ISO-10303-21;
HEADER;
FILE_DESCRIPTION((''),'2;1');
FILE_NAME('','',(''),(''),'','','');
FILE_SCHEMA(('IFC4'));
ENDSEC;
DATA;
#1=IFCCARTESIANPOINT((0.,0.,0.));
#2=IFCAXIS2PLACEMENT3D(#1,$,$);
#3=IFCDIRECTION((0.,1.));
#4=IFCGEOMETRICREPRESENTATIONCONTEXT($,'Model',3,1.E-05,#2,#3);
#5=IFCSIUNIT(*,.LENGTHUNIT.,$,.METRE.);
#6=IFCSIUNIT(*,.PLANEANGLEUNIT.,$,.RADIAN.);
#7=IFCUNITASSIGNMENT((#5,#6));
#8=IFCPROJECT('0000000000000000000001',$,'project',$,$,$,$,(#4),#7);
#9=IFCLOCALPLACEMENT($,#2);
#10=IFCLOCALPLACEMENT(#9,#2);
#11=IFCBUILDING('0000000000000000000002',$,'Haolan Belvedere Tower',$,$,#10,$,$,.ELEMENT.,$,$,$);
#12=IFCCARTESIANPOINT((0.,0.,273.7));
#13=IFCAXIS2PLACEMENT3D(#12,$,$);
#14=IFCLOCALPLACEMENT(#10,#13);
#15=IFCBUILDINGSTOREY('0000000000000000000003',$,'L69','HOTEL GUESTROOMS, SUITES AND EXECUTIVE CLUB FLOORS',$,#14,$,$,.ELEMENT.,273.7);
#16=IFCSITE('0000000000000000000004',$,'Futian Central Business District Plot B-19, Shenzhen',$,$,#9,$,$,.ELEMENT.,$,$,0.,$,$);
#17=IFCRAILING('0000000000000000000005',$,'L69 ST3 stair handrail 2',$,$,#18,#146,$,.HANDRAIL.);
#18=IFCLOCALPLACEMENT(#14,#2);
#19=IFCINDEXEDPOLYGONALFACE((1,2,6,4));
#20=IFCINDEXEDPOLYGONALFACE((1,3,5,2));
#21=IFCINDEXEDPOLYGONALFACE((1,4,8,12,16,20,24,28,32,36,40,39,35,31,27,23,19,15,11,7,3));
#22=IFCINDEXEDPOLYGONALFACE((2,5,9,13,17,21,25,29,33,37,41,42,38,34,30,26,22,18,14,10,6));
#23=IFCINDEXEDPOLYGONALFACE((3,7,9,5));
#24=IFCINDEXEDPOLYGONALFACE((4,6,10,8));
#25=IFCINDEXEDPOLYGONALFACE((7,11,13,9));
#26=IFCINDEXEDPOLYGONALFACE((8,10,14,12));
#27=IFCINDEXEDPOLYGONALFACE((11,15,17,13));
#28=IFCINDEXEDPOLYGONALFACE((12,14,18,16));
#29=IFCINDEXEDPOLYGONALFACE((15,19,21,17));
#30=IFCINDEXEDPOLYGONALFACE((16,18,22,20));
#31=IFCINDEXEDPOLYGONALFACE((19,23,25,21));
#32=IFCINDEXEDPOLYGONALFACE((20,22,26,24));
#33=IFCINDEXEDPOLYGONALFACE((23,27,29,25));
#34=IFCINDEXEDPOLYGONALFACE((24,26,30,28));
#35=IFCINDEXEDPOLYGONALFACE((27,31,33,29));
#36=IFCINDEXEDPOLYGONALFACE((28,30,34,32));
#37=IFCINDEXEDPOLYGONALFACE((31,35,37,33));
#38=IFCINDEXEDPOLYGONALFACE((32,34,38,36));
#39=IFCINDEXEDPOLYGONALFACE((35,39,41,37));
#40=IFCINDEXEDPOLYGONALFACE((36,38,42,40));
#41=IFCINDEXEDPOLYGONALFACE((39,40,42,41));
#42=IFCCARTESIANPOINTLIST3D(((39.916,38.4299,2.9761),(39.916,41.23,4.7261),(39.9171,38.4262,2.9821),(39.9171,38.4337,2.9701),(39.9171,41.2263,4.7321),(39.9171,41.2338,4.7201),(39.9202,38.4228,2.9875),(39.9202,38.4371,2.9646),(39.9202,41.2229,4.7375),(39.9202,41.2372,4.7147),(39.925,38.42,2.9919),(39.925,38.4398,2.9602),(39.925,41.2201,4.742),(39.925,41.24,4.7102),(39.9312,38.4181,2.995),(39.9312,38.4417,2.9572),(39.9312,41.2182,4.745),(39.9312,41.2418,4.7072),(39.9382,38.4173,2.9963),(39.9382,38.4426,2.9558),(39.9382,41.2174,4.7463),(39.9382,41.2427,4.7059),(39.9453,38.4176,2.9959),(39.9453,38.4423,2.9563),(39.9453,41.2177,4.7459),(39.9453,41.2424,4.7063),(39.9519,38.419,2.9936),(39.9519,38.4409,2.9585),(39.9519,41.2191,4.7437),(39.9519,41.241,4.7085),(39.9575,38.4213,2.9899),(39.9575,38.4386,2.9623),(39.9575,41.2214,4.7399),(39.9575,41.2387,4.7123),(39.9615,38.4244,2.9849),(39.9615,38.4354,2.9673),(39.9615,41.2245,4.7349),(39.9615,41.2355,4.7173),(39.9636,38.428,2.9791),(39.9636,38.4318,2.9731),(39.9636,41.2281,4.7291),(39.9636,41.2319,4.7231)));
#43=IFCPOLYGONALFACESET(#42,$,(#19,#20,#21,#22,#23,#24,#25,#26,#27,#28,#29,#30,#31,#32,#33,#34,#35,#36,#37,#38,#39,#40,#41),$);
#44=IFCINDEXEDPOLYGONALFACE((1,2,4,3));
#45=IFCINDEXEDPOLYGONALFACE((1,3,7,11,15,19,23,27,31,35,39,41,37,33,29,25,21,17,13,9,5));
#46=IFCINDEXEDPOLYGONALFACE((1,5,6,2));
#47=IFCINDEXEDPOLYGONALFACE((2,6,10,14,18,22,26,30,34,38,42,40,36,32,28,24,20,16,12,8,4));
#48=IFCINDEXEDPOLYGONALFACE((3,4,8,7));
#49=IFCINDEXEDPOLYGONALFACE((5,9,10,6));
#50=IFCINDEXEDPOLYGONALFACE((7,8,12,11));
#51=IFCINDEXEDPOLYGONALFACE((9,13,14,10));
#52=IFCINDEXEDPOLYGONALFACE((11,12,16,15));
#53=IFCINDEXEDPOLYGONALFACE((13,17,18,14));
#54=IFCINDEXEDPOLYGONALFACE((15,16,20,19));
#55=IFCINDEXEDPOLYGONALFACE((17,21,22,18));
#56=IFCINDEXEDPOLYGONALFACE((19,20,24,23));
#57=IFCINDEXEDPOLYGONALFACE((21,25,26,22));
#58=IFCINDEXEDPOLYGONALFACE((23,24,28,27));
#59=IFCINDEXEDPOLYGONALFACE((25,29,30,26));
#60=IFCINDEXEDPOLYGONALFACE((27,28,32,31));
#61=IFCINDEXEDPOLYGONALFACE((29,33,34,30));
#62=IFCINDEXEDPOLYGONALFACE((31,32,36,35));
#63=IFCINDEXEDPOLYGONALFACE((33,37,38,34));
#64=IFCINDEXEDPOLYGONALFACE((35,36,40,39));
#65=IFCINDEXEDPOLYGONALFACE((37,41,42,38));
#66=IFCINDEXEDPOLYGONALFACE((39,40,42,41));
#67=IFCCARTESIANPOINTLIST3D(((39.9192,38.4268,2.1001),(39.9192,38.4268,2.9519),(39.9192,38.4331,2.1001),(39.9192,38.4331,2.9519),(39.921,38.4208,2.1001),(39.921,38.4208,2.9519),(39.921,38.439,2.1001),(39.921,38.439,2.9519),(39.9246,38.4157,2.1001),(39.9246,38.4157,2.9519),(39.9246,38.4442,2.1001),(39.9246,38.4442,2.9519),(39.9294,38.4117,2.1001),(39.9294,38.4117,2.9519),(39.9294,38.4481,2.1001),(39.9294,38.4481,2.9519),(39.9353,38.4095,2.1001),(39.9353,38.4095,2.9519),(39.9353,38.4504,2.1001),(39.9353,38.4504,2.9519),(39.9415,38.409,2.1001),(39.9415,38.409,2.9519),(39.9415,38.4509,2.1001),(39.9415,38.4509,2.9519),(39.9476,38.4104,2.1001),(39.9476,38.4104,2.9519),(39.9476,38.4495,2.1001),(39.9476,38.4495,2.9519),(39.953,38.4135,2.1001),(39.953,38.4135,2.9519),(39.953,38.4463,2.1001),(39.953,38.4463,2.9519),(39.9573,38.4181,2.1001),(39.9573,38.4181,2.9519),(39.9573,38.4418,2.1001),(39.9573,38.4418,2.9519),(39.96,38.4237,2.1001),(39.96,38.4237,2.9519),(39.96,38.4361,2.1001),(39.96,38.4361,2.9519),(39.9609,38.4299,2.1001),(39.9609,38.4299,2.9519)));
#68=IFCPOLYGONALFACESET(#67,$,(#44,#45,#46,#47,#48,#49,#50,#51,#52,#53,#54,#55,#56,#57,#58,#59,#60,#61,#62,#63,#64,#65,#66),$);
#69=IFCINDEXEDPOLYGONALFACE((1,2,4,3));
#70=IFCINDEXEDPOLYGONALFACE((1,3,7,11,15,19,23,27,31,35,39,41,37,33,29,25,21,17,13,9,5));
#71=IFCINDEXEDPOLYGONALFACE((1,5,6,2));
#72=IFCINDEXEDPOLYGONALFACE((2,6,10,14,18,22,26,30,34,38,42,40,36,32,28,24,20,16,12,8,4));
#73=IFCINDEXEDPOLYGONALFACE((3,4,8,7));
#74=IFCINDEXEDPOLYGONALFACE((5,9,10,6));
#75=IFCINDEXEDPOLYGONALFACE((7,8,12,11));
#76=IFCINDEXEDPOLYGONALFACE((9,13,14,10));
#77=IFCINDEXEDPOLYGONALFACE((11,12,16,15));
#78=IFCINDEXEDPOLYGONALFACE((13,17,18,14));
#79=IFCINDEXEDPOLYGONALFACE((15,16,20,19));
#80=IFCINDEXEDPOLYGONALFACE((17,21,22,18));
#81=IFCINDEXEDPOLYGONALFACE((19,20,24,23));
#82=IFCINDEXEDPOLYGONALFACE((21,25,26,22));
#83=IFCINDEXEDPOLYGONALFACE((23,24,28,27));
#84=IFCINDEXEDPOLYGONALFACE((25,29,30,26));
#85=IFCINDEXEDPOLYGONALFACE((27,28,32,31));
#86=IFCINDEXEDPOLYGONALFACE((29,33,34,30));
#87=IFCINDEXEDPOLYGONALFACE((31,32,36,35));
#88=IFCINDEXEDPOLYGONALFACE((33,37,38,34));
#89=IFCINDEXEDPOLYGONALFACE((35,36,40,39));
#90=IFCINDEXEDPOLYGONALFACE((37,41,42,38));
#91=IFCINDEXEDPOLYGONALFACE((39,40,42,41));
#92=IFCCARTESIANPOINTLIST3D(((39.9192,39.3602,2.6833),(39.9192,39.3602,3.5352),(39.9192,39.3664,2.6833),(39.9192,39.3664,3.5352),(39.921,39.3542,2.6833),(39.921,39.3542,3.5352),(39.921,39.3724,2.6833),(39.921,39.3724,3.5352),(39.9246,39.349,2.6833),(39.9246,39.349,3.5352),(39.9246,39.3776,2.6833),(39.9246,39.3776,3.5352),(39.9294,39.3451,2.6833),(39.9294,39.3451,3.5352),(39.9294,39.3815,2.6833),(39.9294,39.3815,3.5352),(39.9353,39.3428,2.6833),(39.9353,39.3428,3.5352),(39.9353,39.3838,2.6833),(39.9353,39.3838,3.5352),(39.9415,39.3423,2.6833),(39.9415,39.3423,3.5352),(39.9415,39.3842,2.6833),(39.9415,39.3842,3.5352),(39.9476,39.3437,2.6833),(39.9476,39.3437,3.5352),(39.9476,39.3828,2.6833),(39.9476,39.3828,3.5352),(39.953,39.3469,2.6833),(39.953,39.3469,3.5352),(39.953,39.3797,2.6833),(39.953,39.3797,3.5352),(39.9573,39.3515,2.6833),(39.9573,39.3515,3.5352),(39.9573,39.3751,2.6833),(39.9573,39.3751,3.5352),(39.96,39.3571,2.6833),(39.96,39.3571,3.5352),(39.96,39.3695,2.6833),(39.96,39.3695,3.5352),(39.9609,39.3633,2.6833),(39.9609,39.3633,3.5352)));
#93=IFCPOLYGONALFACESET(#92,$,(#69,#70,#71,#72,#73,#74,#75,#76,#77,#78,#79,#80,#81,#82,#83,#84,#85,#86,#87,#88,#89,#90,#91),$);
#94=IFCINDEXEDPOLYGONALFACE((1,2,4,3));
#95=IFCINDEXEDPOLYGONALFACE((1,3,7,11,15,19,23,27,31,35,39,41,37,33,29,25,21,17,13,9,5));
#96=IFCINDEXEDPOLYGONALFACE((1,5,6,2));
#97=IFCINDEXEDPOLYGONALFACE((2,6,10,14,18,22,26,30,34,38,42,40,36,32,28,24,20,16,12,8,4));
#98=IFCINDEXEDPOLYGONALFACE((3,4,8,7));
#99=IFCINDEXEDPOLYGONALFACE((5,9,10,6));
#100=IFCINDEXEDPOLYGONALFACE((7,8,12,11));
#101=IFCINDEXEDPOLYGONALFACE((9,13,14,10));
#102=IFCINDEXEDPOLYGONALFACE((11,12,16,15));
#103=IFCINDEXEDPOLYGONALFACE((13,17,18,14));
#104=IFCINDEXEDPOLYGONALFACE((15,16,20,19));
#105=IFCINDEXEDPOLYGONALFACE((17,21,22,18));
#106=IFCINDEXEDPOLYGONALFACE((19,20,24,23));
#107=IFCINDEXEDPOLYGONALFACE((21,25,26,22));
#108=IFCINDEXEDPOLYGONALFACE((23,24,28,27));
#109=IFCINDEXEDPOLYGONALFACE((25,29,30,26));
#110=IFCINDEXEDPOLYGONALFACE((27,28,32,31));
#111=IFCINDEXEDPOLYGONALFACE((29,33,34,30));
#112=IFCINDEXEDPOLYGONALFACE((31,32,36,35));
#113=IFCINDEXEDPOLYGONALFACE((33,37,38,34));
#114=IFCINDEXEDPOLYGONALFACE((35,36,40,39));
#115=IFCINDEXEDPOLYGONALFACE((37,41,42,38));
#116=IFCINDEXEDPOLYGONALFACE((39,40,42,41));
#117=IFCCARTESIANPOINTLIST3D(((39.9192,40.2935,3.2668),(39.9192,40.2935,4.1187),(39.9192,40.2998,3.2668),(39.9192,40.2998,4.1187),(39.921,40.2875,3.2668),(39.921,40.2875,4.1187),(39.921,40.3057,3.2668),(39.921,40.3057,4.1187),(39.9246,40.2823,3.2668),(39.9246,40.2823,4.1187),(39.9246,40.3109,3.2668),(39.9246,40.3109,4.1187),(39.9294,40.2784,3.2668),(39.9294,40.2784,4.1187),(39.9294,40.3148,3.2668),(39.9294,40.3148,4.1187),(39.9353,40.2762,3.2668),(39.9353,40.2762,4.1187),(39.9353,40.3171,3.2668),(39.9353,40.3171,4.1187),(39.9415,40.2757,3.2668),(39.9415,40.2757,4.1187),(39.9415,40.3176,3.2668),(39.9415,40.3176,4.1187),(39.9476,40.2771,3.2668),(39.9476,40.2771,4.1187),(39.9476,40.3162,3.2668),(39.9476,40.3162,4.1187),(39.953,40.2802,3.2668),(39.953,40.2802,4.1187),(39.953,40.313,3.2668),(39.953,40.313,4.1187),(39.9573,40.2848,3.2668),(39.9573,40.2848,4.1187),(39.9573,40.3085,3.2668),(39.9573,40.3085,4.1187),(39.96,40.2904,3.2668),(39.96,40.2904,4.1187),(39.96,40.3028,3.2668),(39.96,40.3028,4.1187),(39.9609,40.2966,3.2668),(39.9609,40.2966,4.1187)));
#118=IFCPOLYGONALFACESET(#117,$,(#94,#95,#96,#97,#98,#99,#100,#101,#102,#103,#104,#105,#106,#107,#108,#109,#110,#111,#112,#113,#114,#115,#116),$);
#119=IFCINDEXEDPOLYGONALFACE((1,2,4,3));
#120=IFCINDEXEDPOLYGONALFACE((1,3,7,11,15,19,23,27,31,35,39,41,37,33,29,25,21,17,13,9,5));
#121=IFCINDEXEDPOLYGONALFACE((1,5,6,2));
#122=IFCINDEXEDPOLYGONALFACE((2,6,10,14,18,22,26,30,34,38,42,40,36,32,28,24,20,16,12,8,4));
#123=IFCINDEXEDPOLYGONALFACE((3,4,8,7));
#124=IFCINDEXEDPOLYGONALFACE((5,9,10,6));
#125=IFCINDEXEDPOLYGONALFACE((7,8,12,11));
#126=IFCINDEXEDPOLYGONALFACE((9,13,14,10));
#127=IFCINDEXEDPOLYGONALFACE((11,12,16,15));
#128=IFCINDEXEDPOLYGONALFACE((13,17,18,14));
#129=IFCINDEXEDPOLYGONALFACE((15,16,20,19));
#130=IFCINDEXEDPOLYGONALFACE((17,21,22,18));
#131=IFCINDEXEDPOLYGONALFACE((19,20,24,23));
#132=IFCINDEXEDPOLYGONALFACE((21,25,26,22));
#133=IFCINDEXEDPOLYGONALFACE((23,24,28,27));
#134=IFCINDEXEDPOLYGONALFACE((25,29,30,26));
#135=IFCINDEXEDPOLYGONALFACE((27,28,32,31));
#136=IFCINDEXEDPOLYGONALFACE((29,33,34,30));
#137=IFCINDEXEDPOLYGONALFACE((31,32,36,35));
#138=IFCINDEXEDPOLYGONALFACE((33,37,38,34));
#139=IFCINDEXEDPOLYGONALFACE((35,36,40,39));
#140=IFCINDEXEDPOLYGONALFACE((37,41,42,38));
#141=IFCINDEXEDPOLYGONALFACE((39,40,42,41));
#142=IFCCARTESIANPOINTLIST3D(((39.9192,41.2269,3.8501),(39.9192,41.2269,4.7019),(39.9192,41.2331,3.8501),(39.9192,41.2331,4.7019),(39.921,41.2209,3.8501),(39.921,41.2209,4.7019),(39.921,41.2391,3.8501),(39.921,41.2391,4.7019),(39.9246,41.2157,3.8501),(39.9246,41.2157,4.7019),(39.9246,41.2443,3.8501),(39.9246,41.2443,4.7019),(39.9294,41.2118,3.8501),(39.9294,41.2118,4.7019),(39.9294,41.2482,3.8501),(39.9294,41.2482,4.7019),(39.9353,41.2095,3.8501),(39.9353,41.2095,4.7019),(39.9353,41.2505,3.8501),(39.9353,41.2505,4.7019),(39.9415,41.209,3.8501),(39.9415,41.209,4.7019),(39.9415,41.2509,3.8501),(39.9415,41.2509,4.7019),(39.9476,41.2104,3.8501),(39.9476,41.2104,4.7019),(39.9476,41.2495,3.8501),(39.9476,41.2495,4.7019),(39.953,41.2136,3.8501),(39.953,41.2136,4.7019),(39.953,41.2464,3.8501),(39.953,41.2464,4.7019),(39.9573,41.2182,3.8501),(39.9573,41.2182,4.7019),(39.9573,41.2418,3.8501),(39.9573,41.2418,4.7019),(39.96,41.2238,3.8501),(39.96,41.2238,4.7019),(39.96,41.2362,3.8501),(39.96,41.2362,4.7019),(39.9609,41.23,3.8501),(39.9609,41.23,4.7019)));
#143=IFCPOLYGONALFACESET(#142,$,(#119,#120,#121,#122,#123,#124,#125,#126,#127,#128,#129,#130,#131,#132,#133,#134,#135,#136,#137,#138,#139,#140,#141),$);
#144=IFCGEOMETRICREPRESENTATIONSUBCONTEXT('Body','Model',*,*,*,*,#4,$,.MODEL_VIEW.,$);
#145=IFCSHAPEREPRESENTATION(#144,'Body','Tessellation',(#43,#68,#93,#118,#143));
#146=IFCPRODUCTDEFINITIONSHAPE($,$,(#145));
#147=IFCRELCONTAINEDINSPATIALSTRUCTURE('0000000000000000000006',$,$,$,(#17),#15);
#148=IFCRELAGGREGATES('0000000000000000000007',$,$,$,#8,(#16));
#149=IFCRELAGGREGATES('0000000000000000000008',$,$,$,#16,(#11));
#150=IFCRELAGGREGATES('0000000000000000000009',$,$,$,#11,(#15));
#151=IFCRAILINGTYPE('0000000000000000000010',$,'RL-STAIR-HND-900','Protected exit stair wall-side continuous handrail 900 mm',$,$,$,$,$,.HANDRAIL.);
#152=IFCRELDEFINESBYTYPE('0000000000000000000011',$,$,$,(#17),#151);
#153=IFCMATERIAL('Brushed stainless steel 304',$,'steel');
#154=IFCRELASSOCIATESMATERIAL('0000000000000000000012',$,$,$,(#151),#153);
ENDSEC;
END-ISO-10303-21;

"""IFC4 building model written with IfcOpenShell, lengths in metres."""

from ifc_helpers import new_model, si_unit, direction, frame, origin, origin_2d, place, context, subcontext, project, spatial, circle, extrude, material, type_object, element, save


model = new_model("IFC4")

# Units and contexts
model_context = context("Model", 3, precision=1e-05, world=origin(), true_north=direction((0.0, 1.0)))
body_context = subcontext(model_context, "Body", "Model", "MODEL_VIEW")
ifc_project = project(units=[si_unit("LENGTHUNIT", "METRE"), si_unit("PLANEANGLEUNIT", "RADIAN")], contexts=[model_context])

# Site, building, storey
site_placement = place(None, origin())
site = spatial("IfcSite", under=ifc_project, at=site_placement, Name="Futian Central Business District Plot B-19, Shenzhen", CompositionType="ELEMENT", RefElevation=0.0)
building_placement = place(site_placement, origin())
building = spatial("IfcBuilding", under=site, at=building_placement, Name="Haolan Belvedere Tower", CompositionType="ELEMENT")
storey_placement = place(building_placement, frame((0.0, 0.0, 273.7)))
storey = spatial("IfcBuildingStorey", under=building, at=storey_placement, Name="L69", Description="HOTEL GUESTROOMS, SUITES AND EXECUTIVE CLUB FLOORS", CompositionType="ELEMENT", Elevation=273.7)

# Railing
ifc_material_1 = material(Name="Brushed stainless steel 304", Category="steel")
railing_type_1 = type_object("IfcRailingType", Name="RL-STAIR-HND-900", Description="Protected exit stair wall-side continuous handrail 900 mm", PredefinedType="HANDRAIL", material=ifc_material_1)
for number, where, name in (
    (1, (39.9399, 38.4299, 2.1001), "L69 ST3 stair handrail 2"),
):
    element("IfcRailing", number, at=place(storey_placement, frame(where)), inside=storey, type_object=railing_type_1, Name=name, PredefinedType="HANDRAIL", context=body_context, shape_type="SweptSolid", body=[
        extrude(circle(Radius=0.0239, at=origin_2d()), frame((0.0, 0.0, 0.876), z_axis=(0.0, 0.848002, 0.529992), x_axis=(-1.0, 0.0, 0.0)), (0.0, 0.0, 1.0), 3.302),
        extrude(circle(Radius=0.021, at=origin_2d()), origin(), (0.0, 0.0, 1.0), 0.8518),
        extrude(circle(Radius=0.021, at=origin_2d()), frame((0.0, 0.9333, 0.5833)), (0.0, 0.0, 1.0), 0.8518),
        extrude(circle(Radius=0.021, at=origin_2d()), frame((0.0, 1.8667, 1.1667)), (0.0, 0.0, 1.0), 0.8518),
        extrude(circle(Radius=0.021, at=origin_2d()), frame((0.0, 2.8, 1.75)), (0.0, 0.0, 1.0), 0.8518),
    ])

save(model, "model.ifc")
